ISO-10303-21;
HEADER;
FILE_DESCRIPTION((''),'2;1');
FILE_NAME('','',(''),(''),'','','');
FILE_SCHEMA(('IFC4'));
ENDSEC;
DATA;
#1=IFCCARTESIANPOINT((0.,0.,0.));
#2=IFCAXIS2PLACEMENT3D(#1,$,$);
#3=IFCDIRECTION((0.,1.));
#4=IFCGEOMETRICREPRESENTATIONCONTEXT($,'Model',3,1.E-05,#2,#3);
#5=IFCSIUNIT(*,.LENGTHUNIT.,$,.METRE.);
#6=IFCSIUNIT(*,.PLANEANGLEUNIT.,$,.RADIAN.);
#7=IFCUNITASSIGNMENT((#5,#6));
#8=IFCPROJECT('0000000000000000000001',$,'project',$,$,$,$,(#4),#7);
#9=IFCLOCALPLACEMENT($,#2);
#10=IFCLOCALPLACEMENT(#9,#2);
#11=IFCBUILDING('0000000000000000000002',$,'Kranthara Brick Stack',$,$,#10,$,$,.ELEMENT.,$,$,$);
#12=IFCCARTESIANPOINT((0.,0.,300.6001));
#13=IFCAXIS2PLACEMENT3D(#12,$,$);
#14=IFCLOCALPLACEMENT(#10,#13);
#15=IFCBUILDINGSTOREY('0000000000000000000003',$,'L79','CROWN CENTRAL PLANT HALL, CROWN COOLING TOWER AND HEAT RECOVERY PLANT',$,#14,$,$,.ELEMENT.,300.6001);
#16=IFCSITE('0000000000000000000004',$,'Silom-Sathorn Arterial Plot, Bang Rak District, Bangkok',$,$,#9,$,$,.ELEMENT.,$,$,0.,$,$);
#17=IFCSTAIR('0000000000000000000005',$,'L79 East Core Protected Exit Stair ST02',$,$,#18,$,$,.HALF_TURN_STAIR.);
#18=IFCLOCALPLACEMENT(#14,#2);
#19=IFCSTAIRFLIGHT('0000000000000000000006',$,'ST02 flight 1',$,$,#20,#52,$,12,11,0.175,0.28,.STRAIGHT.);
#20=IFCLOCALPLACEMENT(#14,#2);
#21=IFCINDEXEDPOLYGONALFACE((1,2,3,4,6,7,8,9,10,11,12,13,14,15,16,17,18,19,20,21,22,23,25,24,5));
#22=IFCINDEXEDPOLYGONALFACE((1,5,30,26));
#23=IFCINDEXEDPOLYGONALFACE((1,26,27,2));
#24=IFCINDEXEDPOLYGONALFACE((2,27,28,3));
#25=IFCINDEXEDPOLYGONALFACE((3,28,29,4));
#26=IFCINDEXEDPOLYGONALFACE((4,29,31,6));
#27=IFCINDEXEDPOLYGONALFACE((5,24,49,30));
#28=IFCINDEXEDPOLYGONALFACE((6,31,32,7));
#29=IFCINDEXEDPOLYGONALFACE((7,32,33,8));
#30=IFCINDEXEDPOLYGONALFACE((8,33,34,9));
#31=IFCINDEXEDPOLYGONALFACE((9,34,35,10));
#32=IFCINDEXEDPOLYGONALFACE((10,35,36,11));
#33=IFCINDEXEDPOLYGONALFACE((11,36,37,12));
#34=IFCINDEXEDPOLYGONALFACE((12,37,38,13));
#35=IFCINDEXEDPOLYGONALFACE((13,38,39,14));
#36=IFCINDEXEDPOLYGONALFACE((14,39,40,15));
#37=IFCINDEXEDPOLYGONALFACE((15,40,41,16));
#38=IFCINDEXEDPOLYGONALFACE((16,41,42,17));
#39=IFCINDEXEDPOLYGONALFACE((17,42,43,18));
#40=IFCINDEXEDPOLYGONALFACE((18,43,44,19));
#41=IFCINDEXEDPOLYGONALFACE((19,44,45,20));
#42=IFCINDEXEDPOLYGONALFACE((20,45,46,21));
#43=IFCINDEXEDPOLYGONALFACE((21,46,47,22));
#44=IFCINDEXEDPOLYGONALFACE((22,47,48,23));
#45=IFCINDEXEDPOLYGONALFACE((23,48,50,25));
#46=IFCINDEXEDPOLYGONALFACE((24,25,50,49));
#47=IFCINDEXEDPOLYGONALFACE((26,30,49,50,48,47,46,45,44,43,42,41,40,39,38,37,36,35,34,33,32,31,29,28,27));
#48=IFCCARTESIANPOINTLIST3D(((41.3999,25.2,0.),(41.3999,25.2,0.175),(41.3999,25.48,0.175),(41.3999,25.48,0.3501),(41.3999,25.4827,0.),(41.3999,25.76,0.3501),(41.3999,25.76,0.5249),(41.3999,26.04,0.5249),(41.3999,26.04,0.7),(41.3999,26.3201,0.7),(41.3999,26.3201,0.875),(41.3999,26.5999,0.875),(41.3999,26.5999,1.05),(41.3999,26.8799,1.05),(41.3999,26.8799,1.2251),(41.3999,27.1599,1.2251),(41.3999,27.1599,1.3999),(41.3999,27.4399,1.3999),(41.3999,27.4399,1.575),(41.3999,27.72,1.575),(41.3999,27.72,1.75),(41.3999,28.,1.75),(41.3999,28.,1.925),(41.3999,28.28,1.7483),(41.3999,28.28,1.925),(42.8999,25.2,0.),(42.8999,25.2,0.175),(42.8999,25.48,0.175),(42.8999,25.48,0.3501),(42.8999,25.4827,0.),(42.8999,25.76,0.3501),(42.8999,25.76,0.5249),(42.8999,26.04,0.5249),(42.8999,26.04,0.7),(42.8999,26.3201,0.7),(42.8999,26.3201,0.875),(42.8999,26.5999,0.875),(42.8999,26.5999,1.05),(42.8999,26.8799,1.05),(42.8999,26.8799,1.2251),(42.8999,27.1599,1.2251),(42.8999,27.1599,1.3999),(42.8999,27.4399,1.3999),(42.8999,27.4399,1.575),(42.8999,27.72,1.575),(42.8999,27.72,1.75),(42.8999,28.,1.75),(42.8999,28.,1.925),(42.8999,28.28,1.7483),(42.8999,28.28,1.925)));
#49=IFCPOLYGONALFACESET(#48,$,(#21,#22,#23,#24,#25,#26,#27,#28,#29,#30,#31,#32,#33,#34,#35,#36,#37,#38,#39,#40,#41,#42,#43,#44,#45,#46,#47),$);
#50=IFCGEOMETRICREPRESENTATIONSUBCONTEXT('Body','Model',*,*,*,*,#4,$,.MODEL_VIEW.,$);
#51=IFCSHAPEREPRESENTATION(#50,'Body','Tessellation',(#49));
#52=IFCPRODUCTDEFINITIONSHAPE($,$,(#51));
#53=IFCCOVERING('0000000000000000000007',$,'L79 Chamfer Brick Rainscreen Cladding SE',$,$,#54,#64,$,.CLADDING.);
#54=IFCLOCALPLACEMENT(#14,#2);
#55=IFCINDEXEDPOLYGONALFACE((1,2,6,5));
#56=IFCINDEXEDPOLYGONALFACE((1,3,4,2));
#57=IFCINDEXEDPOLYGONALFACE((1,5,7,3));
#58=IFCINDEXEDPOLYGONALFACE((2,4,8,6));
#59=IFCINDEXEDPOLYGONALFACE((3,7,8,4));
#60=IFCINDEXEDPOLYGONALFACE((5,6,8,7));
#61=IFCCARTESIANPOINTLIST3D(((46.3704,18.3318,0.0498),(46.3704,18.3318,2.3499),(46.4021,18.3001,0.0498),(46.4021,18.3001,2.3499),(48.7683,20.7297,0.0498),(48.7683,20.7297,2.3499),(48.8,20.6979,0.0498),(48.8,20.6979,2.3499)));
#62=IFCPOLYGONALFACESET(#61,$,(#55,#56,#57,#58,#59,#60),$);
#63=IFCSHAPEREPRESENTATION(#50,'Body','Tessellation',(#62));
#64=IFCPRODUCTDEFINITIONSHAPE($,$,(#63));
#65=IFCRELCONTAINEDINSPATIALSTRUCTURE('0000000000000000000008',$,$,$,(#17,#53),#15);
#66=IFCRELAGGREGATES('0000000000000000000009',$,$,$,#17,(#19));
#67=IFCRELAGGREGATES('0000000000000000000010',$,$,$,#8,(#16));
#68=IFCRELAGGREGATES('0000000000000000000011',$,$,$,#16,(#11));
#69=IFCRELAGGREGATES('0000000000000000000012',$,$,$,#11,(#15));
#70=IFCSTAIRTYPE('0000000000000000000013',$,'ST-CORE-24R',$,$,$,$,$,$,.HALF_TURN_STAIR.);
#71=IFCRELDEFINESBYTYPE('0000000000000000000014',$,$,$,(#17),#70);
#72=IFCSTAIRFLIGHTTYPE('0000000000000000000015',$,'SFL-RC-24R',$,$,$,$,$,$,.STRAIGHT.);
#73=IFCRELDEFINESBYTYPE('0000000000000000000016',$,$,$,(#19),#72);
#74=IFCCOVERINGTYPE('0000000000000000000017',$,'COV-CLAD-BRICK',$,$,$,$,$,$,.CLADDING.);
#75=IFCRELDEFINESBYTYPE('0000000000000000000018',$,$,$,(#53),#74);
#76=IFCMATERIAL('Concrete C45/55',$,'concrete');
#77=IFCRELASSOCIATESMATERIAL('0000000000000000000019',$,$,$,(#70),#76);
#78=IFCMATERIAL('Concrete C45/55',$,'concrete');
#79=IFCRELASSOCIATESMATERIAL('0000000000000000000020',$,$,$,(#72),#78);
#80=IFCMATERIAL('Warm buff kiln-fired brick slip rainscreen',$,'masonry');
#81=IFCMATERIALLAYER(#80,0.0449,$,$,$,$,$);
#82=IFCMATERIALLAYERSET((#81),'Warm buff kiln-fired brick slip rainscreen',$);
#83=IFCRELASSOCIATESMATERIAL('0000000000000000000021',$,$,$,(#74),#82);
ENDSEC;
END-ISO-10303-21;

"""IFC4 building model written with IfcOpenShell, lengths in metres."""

from ifc_helpers import new_model, si_unit, direction, frame, origin, origin_2d, place, context, subcontext, project, spatial, polyline, rectangle, outline, extrude, material, layer, layer_set, type_object, element, aggregate, save


model = new_model("IFC4")

# Units and contexts
model_context = context("Model", 3, precision=1e-05, world=origin(), true_north=direction((0.0, 1.0)))
body_context = subcontext(model_context, "Body", "Model", "MODEL_VIEW")
ifc_project = project(units=[si_unit("LENGTHUNIT", "METRE"), si_unit("PLANEANGLEUNIT", "RADIAN")], contexts=[model_context])

# Site, building, storey
site_placement = place(None, origin())
site = spatial("IfcSite", under=ifc_project, at=site_placement, Name="Silom-Sathorn Arterial Plot, Bang Rak District, Bangkok", CompositionType="ELEMENT", RefElevation=0.0)
building_placement = place(site_placement, origin())
building = spatial("IfcBuilding", under=site, at=building_placement, Name="Kranthara Brick Stack", CompositionType="ELEMENT")
storey_placement = place(building_placement, frame((0.0, 0.0, 300.6001)))
storey = spatial("IfcBuildingStorey", under=building, at=storey_placement, Name="L79", Description="CROWN CENTRAL PLANT HALL, CROWN COOLING TOWER AND HEAT RECOVERY PLANT", CompositionType="ELEMENT", Elevation=300.6001)

# Stair, stair flight
ifc_material_1 = material(Name="Concrete C45/55", Category="concrete")
stair_type = type_object("IfcStairType", Name="ST-CORE-24R", PredefinedType="HALF_TURN_STAIR", material=ifc_material_1)
stair_placement = place(storey_placement, origin())
stair = element("IfcStair", 1, at=stair_placement, inside=storey, type_object=stair_type, Name="L79 East Core Protected Exit Stair ST02", PredefinedType="HALF_TURN_STAIR")
ifc_material_2 = material(Name="Concrete C45/55", Category="concrete")
stair_flight_type = type_object("IfcStairFlightType", Name="SFL-RC-24R", PredefinedType="STRAIGHT", material=ifc_material_2)
stair_flight_placement = place(storey_placement, frame((42.1499, 25.2, 0.0), z_axis=(0.0, 0.0, 1.0), x_axis=(0.0, 1.0, 0.0)))
stair_flight = element("IfcStairFlight", 2, at=stair_flight_placement, type_object=stair_flight_type, Name="ST02 flight 1", NumberOfRisers=12, NumberOfTreads=11, PredefinedType="STRAIGHT", RiserHeight=0.175, TreadLength=0.28, context=body_context, shape_type="SweptSolid", body=[
    extrude(outline(polyline([(0.0, 0.0), (0.0, 0.175), (0.28, 0.175), (0.28, 0.3501), (0.5601, 0.3501), (0.5601, 0.5249), (0.8401, 0.5249), (0.8401, 0.7), (1.1201, 0.7), (1.1201, 0.875), (1.3999, 0.875), (1.3999, 1.05), (1.6799, 1.05), (1.6799, 1.2251), (1.96, 1.2251), (1.96, 1.3999), (2.24, 1.3999), (2.24, 1.575), (2.52, 1.575), (2.52, 1.75), (2.8, 1.75), (2.8, 1.925), (3.0801, 1.925), (3.0801, 2.1001), (3.0801, 1.7483), (0.2827, 0.0), (0.0, 0.0)])), frame((0.0, 0.75, 0.0), z_axis=(0.0, -1.0, 0.0), x_axis=(1.0, 0.0, 0.0)), (0.0, 0.0, 1.0), 1.5),
])
aggregate(stair, [stair_flight])

# Covering
ifc_material_3 = material(Name="Warm buff kiln-fired brick slip rainscreen", Category="masonry")
ifc_layer_1 = layer(ifc_material_3, 0.0449)
ifc_layer_set_1 = layer_set([ifc_layer_1], Name="Warm buff kiln-fired brick slip rainscreen")
covering_type = type_object("IfcCoveringType", Name="COV-CLAD-BRICK", PredefinedType="CLADDING", material=ifc_layer_set_1)
covering_placement = place(storey_placement, frame((47.5852, 19.5149, 0.0498), z_axis=(0.0, 0.0, 1.0), x_axis=(-0.707107, -0.707107, 0.0)))
element("IfcCovering", 3, at=covering_placement, inside=storey, type_object=covering_type, Name="L79 Chamfer Brick Rainscreen Cladding SE", PredefinedType="CLADDING", context=body_context, shape_type="SweptSolid", body=[
    extrude(rectangle(XDim=3.3911, YDim=0.0449, at=origin_2d()), origin(), (0.0, 0.0, 1.0), 2.3),
])

save(model, "model.ifc")
